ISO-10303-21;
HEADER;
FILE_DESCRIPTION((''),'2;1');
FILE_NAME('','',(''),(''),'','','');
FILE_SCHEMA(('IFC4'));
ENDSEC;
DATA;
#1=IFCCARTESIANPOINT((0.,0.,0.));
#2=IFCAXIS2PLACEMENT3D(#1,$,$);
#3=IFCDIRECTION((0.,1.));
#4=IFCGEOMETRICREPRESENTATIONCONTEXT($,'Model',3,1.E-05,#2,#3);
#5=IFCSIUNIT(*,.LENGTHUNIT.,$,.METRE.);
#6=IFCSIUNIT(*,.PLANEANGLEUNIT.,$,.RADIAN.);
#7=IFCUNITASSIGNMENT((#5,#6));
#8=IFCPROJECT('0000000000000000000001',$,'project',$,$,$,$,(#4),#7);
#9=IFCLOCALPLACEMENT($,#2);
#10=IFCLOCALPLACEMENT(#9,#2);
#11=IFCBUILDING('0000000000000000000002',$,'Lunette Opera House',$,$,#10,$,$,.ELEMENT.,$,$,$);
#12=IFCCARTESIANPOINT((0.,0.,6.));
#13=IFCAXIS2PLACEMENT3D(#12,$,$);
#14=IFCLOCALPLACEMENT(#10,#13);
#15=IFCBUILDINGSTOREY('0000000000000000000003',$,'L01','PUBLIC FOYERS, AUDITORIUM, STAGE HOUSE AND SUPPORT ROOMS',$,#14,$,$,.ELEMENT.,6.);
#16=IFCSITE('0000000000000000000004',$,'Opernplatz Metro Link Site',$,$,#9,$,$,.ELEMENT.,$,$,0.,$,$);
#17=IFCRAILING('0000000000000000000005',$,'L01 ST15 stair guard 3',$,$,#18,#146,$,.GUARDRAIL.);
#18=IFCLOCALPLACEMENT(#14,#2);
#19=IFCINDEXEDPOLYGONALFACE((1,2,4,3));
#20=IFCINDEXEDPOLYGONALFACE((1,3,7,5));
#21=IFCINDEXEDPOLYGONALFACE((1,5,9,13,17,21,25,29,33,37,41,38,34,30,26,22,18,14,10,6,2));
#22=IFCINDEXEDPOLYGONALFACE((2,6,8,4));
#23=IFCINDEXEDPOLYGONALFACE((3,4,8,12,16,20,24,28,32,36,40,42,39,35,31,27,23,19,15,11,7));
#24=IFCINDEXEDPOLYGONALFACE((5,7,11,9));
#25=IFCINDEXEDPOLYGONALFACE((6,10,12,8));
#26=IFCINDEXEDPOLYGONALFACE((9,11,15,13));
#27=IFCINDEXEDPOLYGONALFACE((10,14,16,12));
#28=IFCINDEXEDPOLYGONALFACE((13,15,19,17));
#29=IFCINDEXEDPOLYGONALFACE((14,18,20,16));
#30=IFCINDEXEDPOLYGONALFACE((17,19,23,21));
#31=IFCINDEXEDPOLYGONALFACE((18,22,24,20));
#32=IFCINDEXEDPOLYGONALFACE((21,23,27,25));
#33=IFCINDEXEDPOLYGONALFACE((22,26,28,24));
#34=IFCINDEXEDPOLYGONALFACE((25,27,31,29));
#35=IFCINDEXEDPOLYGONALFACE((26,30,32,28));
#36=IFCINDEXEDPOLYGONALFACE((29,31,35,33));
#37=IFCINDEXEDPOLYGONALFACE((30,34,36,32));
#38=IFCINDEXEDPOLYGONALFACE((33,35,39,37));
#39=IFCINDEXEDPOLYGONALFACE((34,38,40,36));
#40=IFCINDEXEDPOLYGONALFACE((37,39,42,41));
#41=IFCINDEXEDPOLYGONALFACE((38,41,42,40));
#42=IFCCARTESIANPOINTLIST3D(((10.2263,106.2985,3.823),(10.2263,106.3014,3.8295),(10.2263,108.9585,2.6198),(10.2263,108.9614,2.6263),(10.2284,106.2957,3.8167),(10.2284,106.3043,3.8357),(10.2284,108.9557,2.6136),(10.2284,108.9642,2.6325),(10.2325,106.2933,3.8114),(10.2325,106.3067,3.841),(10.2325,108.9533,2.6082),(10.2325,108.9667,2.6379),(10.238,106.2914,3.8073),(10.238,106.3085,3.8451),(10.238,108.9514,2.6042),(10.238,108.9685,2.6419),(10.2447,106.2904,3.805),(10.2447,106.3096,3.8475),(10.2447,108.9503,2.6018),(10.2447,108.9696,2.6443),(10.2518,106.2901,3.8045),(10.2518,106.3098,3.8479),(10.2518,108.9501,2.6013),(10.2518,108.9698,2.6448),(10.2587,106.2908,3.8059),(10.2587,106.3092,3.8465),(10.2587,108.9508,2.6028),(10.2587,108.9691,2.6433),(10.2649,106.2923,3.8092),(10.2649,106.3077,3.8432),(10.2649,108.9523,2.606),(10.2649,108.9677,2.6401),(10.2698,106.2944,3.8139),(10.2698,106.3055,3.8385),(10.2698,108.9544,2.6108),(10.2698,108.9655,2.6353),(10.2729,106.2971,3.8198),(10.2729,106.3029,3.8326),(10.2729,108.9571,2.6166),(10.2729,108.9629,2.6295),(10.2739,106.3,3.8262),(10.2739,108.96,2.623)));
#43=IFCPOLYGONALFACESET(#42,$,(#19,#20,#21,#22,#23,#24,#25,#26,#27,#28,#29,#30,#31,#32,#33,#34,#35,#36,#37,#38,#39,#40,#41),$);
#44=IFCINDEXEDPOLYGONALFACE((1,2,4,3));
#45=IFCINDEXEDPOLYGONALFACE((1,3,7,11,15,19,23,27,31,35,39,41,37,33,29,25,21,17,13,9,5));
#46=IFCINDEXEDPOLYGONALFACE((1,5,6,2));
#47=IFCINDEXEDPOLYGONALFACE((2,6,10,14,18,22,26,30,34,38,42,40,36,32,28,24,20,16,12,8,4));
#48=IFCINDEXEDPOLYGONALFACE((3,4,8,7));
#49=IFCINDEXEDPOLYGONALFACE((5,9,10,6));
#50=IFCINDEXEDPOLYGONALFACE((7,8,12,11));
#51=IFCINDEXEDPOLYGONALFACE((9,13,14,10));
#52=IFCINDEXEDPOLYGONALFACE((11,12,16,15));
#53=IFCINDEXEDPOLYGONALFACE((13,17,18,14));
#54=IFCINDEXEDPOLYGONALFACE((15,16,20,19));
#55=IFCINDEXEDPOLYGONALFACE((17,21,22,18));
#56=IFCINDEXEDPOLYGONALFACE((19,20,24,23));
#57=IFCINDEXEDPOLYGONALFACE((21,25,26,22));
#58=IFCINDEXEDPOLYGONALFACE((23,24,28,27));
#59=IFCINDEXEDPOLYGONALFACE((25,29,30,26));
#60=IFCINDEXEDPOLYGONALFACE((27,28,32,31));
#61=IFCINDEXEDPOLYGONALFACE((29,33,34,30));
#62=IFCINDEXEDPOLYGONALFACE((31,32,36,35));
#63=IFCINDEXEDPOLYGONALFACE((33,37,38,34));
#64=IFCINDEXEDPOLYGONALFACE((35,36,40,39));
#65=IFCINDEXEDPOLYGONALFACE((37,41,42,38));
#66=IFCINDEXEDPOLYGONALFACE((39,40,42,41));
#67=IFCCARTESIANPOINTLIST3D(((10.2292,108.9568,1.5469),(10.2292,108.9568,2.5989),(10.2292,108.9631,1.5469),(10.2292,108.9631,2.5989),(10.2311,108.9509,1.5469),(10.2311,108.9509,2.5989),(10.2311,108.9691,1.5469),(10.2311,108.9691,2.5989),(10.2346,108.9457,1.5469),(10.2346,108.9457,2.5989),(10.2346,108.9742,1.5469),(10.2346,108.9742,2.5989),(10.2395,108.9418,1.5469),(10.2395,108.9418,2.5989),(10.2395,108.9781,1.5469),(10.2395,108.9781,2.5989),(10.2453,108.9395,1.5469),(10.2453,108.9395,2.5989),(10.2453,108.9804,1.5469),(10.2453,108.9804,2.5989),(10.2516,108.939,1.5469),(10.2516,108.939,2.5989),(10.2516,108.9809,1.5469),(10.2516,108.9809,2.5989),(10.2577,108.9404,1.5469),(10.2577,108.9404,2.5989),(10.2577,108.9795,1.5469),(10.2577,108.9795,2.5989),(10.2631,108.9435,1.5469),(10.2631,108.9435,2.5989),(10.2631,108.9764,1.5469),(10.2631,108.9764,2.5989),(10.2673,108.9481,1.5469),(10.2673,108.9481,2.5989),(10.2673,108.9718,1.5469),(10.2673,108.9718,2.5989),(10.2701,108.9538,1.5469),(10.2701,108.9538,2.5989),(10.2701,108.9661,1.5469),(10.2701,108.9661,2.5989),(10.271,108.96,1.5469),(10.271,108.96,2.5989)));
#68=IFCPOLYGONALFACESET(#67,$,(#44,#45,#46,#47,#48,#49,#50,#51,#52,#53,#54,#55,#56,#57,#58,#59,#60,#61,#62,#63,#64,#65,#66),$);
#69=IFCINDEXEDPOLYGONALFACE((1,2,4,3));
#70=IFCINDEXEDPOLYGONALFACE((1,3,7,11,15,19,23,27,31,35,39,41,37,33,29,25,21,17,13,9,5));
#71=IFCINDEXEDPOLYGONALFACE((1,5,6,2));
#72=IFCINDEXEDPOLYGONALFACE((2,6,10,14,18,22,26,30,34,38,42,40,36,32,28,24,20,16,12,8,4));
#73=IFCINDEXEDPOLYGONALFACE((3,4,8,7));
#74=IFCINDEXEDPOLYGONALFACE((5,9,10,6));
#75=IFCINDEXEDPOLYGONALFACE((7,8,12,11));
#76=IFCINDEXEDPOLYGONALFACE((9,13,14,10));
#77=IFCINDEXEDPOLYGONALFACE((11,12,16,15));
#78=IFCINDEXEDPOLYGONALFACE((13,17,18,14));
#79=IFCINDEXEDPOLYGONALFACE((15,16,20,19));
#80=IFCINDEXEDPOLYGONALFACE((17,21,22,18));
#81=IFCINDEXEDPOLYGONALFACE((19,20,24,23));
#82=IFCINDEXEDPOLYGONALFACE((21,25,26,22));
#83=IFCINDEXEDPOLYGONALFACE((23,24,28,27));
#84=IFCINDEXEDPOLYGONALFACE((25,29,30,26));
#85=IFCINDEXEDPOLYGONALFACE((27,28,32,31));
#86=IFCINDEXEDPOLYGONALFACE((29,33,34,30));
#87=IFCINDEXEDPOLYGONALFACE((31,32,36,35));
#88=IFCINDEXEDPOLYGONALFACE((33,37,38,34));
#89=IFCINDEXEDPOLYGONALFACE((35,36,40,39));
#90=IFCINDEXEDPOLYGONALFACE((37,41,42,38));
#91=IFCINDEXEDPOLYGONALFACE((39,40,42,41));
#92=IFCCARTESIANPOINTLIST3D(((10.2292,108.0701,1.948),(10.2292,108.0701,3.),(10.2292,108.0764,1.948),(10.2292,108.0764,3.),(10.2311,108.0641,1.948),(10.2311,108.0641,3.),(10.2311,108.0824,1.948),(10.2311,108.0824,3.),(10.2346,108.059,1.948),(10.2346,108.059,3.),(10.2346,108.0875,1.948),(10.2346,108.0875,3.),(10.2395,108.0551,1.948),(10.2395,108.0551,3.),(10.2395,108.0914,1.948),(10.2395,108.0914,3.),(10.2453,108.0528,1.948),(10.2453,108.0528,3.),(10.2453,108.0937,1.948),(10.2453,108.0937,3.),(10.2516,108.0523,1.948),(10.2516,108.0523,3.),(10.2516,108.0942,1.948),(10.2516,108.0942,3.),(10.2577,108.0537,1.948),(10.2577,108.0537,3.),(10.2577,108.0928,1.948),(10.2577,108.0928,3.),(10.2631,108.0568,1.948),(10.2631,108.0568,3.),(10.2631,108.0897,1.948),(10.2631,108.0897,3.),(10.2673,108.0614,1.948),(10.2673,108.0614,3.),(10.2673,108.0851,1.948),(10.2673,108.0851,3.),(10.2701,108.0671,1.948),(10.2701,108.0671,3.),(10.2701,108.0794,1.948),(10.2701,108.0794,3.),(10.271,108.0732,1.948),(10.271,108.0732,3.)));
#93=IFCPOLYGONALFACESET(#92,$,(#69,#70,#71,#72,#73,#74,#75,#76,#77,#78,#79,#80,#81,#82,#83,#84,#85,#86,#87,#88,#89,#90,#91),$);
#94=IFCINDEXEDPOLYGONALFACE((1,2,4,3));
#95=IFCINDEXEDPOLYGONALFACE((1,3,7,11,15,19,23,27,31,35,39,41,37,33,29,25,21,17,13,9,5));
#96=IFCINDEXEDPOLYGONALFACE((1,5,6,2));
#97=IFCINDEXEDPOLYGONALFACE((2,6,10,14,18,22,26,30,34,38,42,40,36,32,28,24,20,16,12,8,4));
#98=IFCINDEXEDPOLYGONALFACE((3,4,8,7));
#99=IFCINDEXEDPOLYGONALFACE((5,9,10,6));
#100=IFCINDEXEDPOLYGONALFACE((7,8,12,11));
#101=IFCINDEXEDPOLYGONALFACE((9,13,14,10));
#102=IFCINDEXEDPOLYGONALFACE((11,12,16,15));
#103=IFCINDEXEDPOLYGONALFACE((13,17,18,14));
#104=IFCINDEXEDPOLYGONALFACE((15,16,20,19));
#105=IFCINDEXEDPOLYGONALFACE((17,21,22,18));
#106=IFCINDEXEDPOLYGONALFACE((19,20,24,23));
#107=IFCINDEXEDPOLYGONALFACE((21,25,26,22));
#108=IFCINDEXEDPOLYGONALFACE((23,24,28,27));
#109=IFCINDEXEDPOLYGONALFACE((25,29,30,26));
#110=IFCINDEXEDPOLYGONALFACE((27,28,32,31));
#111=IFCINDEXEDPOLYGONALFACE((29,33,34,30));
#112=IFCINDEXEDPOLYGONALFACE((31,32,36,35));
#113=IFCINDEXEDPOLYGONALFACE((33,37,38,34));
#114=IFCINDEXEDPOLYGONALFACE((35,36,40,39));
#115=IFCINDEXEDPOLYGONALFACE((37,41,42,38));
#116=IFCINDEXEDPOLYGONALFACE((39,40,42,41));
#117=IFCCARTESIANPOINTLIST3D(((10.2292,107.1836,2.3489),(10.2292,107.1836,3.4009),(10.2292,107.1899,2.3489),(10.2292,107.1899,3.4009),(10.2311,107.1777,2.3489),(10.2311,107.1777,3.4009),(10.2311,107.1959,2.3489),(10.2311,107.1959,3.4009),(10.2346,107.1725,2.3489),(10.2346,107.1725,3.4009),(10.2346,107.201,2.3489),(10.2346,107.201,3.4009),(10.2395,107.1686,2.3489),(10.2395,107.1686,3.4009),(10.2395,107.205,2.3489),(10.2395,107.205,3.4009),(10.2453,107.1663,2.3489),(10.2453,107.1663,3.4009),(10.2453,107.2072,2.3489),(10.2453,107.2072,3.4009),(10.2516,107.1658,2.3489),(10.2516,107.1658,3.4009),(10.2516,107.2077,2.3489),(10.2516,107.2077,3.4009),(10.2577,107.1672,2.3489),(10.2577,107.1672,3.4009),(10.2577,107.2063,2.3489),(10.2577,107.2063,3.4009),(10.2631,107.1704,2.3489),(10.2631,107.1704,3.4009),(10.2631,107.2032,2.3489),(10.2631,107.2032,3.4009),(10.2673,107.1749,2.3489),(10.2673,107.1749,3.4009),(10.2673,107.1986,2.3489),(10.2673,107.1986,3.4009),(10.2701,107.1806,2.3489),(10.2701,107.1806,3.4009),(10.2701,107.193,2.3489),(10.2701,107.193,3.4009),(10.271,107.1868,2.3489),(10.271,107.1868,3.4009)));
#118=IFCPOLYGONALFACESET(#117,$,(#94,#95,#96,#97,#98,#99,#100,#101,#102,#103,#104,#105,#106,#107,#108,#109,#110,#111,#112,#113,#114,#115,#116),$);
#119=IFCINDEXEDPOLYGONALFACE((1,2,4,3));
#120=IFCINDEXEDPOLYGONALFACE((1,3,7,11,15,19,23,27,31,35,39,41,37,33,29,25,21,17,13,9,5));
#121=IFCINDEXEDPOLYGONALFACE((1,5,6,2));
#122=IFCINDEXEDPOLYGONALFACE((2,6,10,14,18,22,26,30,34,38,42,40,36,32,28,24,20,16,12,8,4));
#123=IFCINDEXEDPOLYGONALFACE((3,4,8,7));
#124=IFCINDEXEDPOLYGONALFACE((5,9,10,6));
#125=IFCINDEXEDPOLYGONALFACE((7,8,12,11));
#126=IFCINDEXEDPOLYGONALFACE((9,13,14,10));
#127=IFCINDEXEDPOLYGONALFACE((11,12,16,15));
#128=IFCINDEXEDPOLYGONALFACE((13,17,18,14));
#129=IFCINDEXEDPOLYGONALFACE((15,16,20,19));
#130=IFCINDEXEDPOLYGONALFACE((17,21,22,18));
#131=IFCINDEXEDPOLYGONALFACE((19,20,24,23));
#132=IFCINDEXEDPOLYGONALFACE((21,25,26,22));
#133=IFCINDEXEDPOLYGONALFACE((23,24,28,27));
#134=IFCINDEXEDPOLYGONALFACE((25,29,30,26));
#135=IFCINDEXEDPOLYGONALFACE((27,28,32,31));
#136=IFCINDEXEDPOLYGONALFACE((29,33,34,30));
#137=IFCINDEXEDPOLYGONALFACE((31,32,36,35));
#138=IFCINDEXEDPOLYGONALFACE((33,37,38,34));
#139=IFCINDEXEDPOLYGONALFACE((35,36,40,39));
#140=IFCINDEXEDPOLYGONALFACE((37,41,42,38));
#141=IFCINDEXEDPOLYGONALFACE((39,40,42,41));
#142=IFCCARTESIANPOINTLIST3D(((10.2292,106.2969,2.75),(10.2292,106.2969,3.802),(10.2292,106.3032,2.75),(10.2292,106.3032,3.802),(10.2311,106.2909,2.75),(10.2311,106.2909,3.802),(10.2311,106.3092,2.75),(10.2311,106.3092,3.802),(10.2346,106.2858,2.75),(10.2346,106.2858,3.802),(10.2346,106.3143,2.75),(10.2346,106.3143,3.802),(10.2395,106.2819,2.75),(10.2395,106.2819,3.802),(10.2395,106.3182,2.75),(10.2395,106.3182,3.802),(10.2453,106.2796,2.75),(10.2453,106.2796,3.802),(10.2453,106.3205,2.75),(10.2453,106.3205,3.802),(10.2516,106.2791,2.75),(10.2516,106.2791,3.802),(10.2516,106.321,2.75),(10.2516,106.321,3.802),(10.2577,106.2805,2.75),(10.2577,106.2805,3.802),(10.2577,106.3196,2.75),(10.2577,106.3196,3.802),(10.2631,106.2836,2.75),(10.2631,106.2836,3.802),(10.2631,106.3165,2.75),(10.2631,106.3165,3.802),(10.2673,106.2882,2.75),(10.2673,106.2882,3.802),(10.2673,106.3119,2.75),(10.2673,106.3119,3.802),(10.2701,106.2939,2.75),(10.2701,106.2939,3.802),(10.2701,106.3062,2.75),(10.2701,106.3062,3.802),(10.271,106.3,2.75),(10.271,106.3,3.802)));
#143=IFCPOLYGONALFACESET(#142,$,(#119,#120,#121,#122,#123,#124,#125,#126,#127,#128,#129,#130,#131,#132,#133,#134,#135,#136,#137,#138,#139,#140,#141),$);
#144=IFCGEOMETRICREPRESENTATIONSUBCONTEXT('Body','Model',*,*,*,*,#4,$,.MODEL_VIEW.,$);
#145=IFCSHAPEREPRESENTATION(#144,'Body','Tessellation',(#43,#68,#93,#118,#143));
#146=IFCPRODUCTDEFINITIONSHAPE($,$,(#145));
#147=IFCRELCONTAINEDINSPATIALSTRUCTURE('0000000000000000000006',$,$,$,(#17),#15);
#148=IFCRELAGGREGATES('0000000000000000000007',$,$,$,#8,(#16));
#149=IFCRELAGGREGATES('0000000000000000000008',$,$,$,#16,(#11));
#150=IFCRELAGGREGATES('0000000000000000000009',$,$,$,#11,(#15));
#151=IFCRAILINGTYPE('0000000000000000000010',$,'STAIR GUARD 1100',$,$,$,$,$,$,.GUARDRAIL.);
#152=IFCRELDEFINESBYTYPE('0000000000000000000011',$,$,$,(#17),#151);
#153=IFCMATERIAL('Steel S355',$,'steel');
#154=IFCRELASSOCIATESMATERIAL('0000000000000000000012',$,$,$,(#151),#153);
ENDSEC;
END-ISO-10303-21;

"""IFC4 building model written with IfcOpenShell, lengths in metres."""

from ifc_helpers import new_model, si_unit, direction, frame, origin, origin_2d, place, context, subcontext, project, spatial, circle, extrude, material, type_object, element, save


model = new_model("IFC4")

# Units and contexts
model_context = context("Model", 3, precision=1e-05, world=origin(), true_north=direction((0.0, 1.0)))
body_context = subcontext(model_context, "Body", "Model", "MODEL_VIEW")
ifc_project = project(units=[si_unit("LENGTHUNIT", "METRE"), si_unit("PLANEANGLEUNIT", "RADIAN")], contexts=[model_context])

# Site, building, storey
site_placement = place(None, origin())
site = spatial("IfcSite", under=ifc_project, at=site_placement, Name="Opernplatz Metro Link Site", CompositionType="ELEMENT", RefElevation=0.0)
building_placement = place(site_placement, origin())
building = spatial("IfcBuilding", under=site, at=building_placement, Name="Lunette Opera House", CompositionType="ELEMENT")
storey_placement = place(building_placement, frame((0.0, 0.0, 6.0)))
storey = spatial("IfcBuildingStorey", under=building, at=storey_placement, Name="L01", Description="PUBLIC FOYERS, AUDITORIUM, STAGE HOUSE AND SUPPORT ROOMS", CompositionType="ELEMENT", Elevation=6.0)

# Railing
ifc_material_1 = material(Name="Steel S355", Category="steel")
railing_type_1 = type_object("IfcRailingType", Name="STAIR GUARD 1100", PredefinedType="GUARDRAIL", material=ifc_material_1)
railing_1_placement = place(storey_placement, frame((10.25, 108.96, 1.5469)))
element("IfcRailing", 1, at=railing_1_placement, inside=storey, type_object=railing_type_1, Name="L01 ST15 stair guard 3", PredefinedType="GUARDRAIL", context=body_context, shape_type="SweptSolid", body=[
    extrude(circle(Radius=0.0239, at=origin_2d()), frame((0.0, 0.0, 1.0762), z_axis=(0.0, -0.91113, 0.41212), x_axis=(1.0, 0.0, 0.0)), (0.0, 0.0, 1.0), 2.9194),
    extrude(circle(Radius=0.021, at=origin_2d()), origin(), (0.0, 0.0, 1.0), 1.052),
    extrude(circle(Radius=0.021, at=origin_2d()), frame((0.0, -0.8867, 0.4011)), (0.0, 0.0, 1.0), 1.052),
    extrude(circle(Radius=0.021, at=origin_2d()), frame((0.0, -1.7732, 0.802)), (0.0, 0.0, 1.0), 1.052),
    extrude(circle(Radius=0.021, at=origin_2d()), frame((0.0, -2.6599, 1.2031)), (0.0, 0.0, 1.0), 1.052),
])

save(model, "model.ifc")
